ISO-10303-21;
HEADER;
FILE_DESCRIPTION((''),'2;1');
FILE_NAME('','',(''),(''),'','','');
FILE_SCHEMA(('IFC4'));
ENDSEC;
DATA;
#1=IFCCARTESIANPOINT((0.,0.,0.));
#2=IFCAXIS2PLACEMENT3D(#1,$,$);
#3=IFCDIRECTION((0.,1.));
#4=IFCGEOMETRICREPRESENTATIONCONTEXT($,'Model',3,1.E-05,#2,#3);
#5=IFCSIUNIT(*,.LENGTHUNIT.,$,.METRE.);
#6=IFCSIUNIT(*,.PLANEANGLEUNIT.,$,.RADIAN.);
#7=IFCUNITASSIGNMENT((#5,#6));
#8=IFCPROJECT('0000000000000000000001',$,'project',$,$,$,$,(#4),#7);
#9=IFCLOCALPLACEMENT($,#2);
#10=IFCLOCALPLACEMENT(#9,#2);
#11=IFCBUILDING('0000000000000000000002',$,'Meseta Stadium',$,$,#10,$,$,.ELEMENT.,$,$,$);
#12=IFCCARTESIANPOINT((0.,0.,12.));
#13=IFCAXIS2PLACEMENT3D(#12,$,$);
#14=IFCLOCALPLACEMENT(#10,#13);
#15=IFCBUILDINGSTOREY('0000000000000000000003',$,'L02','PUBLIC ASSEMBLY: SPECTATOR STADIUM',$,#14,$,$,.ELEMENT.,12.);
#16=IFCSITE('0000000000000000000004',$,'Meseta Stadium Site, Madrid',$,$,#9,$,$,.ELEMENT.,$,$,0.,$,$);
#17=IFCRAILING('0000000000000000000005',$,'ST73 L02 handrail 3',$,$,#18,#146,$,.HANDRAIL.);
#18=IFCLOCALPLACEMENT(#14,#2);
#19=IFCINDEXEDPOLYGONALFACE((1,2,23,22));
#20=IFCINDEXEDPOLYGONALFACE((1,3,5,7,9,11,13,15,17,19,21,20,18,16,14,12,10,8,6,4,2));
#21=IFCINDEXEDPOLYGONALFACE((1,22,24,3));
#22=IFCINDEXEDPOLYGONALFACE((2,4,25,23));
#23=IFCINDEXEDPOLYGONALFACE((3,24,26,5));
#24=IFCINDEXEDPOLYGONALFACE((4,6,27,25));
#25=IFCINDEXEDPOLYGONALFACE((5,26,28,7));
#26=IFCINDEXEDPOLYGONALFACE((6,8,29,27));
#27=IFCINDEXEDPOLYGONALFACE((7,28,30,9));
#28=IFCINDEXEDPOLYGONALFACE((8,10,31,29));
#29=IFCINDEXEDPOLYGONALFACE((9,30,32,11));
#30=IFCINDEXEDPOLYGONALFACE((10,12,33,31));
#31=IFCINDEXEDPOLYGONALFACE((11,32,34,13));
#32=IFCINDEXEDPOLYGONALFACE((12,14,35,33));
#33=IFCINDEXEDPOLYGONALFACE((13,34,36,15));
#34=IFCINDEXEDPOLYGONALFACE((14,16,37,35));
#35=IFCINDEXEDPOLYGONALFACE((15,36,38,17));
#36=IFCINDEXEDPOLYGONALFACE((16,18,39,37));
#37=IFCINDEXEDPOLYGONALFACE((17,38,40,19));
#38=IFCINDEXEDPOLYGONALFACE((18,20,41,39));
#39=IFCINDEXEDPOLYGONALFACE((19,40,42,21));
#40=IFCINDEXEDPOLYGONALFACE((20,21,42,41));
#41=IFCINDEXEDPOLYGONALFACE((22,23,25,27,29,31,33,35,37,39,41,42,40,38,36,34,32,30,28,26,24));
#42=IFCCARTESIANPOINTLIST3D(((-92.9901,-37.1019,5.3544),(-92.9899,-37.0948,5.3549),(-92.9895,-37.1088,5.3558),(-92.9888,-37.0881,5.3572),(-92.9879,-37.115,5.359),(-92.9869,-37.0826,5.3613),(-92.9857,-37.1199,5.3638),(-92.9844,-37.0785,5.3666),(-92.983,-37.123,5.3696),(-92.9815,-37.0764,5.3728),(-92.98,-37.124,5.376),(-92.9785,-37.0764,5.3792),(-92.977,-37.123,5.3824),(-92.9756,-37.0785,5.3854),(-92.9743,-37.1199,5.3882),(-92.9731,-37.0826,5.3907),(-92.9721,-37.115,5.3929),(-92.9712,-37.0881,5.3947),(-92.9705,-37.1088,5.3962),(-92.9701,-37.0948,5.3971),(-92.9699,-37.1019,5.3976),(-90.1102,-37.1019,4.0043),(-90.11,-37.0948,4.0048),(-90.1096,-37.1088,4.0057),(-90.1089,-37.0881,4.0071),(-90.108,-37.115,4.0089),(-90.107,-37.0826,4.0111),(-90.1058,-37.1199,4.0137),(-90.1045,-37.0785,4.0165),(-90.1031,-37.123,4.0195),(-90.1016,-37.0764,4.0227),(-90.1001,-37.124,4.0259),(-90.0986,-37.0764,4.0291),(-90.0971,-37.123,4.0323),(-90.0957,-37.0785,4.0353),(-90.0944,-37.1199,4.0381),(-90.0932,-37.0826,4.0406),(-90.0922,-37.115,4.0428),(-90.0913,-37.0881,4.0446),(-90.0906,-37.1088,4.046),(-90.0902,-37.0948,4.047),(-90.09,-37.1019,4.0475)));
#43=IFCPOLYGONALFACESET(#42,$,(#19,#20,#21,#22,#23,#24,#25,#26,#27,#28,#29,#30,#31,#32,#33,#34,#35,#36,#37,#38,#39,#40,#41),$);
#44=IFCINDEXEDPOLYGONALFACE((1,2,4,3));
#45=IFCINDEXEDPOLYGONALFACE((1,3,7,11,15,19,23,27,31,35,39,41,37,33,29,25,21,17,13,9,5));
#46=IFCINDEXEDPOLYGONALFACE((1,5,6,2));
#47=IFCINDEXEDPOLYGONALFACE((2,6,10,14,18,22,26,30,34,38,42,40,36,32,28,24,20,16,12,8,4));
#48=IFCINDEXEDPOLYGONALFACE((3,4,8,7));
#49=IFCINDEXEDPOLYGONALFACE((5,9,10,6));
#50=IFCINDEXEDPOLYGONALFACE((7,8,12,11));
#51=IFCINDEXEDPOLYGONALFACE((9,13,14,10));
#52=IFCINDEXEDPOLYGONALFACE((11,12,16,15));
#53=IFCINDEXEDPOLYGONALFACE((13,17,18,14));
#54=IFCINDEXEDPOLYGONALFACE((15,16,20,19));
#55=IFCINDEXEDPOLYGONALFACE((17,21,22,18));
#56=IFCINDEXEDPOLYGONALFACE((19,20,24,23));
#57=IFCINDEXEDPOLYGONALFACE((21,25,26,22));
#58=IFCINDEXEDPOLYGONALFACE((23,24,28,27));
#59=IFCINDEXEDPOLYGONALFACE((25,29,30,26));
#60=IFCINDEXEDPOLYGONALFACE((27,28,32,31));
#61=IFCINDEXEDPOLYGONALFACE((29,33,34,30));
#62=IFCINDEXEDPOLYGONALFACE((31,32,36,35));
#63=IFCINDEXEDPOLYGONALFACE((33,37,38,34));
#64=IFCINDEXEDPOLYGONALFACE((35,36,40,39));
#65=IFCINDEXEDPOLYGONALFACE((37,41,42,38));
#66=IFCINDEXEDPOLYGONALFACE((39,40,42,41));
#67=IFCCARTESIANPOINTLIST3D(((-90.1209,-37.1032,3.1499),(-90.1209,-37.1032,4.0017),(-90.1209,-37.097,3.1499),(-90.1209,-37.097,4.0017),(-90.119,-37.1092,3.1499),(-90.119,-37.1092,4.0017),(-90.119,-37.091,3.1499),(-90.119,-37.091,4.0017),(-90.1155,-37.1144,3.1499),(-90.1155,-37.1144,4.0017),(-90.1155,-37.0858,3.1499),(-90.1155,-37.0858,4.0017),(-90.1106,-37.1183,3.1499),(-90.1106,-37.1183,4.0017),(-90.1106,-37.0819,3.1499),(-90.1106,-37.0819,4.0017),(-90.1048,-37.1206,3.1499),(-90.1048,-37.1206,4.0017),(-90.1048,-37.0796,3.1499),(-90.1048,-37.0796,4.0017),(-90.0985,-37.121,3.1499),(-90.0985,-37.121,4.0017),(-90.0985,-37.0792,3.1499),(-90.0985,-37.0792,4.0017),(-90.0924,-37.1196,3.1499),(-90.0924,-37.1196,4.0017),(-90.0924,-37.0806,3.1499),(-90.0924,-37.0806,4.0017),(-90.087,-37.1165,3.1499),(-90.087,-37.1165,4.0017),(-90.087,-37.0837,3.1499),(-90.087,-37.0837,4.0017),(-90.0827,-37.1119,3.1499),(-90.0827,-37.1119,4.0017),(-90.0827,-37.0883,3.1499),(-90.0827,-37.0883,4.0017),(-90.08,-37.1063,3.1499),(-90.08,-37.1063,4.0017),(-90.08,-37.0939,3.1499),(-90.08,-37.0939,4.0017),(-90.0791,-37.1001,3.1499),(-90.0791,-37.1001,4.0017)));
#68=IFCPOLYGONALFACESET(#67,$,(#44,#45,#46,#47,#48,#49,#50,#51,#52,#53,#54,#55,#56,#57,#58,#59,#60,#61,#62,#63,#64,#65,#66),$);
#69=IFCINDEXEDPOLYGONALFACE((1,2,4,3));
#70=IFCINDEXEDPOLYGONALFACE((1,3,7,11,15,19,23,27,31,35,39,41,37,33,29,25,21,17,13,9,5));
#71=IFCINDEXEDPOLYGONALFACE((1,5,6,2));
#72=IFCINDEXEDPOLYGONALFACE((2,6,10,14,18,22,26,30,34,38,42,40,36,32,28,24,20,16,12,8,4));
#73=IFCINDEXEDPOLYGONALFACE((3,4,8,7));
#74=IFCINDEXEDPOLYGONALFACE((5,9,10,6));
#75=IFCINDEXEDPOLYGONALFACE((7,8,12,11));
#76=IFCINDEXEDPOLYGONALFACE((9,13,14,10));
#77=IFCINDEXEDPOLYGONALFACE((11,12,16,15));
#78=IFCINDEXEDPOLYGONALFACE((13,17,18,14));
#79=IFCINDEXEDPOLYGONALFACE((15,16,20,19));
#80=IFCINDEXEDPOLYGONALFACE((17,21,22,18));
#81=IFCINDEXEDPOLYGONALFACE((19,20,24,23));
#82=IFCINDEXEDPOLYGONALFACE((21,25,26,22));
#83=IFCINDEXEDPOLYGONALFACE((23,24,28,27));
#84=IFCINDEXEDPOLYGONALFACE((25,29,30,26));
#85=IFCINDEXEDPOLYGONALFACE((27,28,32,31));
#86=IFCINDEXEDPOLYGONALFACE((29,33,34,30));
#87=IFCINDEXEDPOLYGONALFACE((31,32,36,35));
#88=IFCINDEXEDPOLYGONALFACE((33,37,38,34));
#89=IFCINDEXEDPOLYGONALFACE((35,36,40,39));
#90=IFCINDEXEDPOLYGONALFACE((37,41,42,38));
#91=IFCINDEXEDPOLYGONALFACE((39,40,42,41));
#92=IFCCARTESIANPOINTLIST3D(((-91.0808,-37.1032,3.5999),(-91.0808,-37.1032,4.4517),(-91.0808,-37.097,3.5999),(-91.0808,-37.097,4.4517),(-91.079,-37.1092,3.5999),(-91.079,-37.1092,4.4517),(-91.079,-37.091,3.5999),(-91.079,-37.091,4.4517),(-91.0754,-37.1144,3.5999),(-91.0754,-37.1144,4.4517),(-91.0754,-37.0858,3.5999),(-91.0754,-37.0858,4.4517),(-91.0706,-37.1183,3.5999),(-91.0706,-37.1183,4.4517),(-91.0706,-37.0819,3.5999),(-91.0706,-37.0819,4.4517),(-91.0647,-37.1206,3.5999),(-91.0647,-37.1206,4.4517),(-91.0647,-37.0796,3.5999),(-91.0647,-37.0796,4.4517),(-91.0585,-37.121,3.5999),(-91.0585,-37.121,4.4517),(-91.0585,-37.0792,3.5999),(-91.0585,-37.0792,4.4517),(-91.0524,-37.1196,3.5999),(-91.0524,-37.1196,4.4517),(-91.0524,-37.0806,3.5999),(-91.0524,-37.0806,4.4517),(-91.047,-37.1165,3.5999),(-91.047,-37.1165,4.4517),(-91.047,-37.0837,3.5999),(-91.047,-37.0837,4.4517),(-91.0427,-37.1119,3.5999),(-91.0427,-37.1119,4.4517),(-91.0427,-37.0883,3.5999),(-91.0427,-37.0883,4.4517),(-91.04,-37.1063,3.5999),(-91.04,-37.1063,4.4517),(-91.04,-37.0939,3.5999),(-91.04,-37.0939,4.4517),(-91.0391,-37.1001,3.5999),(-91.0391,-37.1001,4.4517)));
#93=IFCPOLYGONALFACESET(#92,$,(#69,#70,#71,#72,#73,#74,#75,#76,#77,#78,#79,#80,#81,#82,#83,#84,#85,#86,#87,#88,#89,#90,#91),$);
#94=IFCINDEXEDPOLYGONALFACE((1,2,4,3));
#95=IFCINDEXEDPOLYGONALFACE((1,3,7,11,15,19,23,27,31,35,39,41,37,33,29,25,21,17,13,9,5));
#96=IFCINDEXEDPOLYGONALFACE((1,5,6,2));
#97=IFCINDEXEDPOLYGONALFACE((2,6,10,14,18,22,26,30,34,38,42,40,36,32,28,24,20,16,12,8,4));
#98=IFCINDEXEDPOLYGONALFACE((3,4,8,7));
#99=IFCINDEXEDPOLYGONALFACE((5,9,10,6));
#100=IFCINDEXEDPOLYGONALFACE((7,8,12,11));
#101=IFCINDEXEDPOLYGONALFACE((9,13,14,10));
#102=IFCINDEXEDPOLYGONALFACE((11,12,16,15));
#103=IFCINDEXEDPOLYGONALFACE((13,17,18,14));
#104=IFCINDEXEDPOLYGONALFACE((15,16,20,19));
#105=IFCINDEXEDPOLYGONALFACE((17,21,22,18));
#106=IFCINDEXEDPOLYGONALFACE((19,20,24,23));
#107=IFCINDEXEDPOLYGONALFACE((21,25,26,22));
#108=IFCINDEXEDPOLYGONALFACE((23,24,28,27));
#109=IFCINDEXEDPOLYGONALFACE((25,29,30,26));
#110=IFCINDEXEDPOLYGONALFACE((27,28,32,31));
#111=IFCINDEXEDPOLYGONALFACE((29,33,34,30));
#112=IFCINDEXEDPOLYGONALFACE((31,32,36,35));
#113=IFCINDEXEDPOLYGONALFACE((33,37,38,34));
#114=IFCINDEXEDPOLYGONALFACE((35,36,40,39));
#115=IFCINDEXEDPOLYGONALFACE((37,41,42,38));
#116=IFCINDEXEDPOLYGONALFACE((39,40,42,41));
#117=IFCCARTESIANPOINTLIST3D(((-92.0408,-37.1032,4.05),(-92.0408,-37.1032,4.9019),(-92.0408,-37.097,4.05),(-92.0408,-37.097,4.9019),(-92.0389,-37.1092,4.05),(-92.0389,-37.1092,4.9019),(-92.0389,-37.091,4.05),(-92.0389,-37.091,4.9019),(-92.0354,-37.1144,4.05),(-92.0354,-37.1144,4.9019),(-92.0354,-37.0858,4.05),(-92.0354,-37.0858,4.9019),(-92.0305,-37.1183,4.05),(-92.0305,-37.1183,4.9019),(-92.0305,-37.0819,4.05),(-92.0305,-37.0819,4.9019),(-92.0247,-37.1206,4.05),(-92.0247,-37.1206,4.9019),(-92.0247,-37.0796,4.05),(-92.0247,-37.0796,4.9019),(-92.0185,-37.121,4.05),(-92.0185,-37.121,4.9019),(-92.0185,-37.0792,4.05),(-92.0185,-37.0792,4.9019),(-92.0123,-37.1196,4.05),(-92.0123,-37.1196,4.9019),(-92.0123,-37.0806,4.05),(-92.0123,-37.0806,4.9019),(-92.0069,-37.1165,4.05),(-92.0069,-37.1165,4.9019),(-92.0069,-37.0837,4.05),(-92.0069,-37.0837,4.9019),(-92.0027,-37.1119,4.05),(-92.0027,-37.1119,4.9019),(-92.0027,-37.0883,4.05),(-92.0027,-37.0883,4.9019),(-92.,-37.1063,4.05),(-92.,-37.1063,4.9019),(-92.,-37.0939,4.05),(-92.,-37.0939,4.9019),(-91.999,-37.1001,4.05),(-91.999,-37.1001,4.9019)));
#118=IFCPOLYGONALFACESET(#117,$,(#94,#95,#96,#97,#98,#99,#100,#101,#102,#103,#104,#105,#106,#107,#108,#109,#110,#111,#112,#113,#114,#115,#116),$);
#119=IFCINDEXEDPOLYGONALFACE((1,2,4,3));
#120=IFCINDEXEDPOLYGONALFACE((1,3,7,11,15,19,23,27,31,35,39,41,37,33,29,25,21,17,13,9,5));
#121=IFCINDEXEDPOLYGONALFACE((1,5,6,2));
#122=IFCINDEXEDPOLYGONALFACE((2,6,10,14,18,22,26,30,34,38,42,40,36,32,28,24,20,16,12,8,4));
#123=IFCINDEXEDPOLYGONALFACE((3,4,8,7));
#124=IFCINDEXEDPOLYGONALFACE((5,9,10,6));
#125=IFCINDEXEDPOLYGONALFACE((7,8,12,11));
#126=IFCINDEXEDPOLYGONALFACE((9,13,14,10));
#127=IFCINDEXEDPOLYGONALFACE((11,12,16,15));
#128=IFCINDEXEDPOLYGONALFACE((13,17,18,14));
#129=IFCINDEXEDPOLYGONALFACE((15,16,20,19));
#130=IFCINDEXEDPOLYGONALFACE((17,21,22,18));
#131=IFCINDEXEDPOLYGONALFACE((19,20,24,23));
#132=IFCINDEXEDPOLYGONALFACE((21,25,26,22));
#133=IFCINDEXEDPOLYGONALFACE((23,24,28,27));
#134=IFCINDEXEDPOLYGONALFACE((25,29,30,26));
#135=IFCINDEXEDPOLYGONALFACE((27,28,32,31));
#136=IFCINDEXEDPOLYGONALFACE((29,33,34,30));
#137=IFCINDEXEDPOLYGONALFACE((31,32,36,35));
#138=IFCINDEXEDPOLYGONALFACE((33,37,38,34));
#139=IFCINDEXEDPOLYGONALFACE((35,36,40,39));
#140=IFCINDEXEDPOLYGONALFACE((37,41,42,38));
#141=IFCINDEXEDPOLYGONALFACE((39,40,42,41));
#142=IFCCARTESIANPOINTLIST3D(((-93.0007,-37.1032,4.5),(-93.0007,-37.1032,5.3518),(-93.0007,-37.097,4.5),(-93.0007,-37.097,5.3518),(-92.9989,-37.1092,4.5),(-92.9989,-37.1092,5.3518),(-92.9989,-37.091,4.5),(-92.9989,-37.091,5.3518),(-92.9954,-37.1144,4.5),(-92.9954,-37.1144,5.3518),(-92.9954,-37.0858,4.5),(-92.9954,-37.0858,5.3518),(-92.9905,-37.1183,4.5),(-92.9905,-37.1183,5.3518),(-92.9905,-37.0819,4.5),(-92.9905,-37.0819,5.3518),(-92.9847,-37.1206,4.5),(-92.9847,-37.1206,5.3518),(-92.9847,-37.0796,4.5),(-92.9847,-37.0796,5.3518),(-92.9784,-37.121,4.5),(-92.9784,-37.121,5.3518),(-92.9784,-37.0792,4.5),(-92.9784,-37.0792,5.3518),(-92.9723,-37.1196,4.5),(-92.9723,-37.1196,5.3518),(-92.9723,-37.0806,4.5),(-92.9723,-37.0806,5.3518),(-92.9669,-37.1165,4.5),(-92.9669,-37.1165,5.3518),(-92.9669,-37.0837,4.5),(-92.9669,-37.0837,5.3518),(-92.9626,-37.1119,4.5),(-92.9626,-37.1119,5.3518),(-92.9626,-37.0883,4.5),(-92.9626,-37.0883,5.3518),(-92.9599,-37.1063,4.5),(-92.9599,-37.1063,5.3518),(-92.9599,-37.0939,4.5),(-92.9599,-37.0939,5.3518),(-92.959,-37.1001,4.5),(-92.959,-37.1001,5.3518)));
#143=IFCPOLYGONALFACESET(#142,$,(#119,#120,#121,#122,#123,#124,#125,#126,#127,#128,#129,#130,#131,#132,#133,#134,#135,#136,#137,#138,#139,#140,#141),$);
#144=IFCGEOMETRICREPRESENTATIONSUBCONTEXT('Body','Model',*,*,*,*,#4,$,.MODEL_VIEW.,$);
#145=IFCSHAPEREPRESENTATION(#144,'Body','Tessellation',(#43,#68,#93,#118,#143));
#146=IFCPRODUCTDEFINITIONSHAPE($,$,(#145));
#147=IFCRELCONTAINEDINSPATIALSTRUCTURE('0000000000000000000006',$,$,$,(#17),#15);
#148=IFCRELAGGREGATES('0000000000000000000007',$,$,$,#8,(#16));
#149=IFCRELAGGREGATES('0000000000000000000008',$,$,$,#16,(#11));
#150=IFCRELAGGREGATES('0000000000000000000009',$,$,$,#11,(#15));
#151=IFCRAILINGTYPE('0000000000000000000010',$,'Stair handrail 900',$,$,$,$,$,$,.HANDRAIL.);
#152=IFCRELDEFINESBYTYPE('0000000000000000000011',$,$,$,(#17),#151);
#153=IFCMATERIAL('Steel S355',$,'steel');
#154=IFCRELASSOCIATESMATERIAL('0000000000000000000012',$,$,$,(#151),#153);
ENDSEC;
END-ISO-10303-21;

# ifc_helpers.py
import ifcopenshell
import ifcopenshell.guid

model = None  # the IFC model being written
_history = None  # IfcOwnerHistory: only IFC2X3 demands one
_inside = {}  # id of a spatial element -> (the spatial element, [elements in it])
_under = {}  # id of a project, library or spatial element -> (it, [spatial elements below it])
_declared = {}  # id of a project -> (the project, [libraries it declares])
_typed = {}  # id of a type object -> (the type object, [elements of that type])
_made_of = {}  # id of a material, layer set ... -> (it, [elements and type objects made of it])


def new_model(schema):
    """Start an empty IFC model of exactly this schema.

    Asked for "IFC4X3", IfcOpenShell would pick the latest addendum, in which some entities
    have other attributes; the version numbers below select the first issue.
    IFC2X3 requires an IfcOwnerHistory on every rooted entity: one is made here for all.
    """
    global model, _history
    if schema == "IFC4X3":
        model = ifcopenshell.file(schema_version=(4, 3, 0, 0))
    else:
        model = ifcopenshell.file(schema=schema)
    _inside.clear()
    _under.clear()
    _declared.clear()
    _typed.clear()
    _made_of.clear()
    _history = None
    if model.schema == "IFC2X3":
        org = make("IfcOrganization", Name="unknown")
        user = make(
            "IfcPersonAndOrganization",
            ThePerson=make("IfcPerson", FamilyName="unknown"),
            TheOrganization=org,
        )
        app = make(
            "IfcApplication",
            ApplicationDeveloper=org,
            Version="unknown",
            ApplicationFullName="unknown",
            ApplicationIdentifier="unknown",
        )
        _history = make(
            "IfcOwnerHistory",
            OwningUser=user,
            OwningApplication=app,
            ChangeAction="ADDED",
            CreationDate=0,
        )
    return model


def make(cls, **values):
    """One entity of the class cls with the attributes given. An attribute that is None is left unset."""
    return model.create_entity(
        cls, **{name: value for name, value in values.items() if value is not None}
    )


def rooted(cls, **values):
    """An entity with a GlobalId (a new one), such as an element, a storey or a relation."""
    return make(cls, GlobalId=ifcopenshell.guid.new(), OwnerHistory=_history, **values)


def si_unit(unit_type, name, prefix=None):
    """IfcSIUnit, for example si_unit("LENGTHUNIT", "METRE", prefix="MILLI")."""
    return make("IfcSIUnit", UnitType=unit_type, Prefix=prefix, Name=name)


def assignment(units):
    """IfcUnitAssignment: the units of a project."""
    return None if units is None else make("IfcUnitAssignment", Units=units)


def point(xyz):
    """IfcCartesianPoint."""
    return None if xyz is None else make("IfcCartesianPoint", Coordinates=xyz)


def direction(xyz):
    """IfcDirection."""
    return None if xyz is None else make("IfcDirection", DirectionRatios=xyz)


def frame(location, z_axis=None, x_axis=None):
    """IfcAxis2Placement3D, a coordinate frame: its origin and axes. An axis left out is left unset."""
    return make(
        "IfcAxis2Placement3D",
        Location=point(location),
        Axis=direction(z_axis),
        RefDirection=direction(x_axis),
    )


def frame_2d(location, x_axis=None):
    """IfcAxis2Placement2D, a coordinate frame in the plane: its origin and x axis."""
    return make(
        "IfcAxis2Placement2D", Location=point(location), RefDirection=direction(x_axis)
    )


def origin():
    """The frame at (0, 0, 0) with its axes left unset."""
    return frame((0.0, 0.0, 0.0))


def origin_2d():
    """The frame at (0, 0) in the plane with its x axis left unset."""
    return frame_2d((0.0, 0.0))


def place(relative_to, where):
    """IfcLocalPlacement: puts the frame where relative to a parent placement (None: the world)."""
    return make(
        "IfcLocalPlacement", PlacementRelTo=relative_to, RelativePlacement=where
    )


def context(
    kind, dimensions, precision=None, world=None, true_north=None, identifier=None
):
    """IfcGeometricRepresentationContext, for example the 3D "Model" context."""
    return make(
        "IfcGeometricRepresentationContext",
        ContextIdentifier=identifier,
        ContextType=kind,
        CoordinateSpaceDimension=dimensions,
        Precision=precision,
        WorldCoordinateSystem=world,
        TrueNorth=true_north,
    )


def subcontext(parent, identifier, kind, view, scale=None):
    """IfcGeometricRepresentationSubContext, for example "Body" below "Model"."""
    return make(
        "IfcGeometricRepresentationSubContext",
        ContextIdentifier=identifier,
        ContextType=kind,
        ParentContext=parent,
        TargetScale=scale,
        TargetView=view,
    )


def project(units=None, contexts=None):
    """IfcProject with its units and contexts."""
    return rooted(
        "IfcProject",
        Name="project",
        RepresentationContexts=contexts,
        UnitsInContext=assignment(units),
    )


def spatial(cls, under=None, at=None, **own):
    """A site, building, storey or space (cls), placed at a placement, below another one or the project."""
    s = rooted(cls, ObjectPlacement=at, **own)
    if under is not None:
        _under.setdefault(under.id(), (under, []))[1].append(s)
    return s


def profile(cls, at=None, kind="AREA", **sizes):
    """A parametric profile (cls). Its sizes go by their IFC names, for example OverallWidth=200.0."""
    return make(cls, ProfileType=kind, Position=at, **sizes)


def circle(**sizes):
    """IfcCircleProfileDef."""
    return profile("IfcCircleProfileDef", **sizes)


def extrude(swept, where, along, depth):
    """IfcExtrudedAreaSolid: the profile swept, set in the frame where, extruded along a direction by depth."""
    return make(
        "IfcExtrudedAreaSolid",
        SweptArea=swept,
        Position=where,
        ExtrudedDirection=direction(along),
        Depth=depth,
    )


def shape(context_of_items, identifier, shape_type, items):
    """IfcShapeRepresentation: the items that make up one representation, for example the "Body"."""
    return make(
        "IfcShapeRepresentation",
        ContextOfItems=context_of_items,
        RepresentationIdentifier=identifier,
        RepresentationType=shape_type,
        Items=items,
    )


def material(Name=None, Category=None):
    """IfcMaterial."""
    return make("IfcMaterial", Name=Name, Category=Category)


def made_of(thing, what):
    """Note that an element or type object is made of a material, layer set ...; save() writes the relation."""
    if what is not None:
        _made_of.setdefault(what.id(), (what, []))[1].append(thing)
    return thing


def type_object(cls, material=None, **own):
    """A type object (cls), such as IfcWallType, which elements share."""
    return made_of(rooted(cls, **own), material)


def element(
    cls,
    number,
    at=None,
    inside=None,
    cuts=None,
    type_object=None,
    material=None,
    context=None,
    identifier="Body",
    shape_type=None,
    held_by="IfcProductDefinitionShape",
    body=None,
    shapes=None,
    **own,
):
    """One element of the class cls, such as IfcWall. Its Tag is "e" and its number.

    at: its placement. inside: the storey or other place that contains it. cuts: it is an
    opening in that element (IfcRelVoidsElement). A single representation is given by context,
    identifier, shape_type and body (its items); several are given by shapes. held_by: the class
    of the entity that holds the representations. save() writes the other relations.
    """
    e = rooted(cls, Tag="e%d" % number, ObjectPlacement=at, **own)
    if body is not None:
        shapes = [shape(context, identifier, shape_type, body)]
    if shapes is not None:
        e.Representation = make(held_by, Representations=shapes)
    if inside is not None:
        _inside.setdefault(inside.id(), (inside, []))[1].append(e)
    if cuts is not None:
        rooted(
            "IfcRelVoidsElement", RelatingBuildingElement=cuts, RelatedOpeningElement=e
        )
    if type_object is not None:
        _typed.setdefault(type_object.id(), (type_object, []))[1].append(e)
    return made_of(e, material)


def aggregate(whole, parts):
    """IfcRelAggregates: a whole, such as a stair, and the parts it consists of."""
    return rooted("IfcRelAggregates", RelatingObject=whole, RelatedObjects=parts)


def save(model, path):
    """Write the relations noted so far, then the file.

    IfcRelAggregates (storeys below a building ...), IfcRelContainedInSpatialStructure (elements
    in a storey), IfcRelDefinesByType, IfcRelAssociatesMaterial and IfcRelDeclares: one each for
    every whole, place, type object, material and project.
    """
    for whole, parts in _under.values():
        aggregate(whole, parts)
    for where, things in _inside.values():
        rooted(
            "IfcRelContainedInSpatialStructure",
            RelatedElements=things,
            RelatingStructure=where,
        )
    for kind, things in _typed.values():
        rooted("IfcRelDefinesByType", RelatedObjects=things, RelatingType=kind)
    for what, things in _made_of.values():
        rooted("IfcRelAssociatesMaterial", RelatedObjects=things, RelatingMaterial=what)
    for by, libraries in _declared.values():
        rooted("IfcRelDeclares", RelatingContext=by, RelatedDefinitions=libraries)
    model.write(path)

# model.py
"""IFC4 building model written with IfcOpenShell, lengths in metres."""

from ifc_helpers import new_model, si_unit, direction, frame, origin, origin_2d, place, context, subcontext, project, spatial, circle, extrude, material, type_object, element, save


model = new_model("IFC4")

# Units and contexts
model_context = context("Model", 3, precision=1e-05, world=origin(), true_north=direction((0.0, 1.0)))
body_context = subcontext(model_context, "Body", "Model", "MODEL_VIEW")
ifc_project = project(units=[si_unit("LENGTHUNIT", "METRE"), si_unit("PLANEANGLEUNIT", "RADIAN")], contexts=[model_context])

# Site, building, storey
site_placement = place(None, origin())
site = spatial("IfcSite", under=ifc_project, at=site_placement, Name="Meseta Stadium Site, Madrid", CompositionType="ELEMENT", RefElevation=0.0)
building_placement = place(site_placement, origin())
building = spatial("IfcBuilding", under=site, at=building_placement, Name="Meseta Stadium", CompositionType="ELEMENT")
storey_placement = place(building_placement, frame((0.0, 0.0, 12.0)))
storey = spatial("IfcBuildingStorey", under=building, at=storey_placement, Name="L02", Description="PUBLIC ASSEMBLY: SPECTATOR STADIUM", CompositionType="ELEMENT", Elevation=12.0)

# Railing
ifc_material_1 = material(Name="Steel S355", Category="steel")
railing_type = type_object("IfcRailingType", Name="Stair handrail 900", PredefinedType="HANDRAIL", material=ifc_material_1)
railing_placement = place(storey_placement, frame((-90.1001, -37.1001, 3.1499)))
element("IfcRailing", 1, at=railing_placement, inside=storey, type_object=railing_type, Name="ST73 L02 handrail 3", PredefinedType="HANDRAIL", context=body_context, shape_type="SweptSolid", body=[
    extrude(circle(Radius=0.0239, at=origin_2d()), frame((0.0, 0.0, 0.876), z_axis=(-0.90544, 0.0, 0.424473), x_axis=(0.0, -1.0, 0.0)), (0.0, 0.0, 1.0), 3.1807),
    extrude(circle(Radius=0.021, at=origin_2d()), origin(), (0.0, 0.0, 1.0), 0.8518),
    extrude(circle(Radius=0.021, at=origin_2d()), frame((-0.96, 0.0, 0.45)), (0.0, 0.0, 1.0), 0.8518),
    extrude(circle(Radius=0.021, at=origin_2d()), frame((-1.9199, 0.0, 0.9001)), (0.0, 0.0, 1.0), 0.8518),
    extrude(circle(Radius=0.021, at=origin_2d()), frame((-2.8799, 0.0, 1.3501)), (0.0, 0.0, 1.0), 0.8518),
])

save(model, "model.ifc")
